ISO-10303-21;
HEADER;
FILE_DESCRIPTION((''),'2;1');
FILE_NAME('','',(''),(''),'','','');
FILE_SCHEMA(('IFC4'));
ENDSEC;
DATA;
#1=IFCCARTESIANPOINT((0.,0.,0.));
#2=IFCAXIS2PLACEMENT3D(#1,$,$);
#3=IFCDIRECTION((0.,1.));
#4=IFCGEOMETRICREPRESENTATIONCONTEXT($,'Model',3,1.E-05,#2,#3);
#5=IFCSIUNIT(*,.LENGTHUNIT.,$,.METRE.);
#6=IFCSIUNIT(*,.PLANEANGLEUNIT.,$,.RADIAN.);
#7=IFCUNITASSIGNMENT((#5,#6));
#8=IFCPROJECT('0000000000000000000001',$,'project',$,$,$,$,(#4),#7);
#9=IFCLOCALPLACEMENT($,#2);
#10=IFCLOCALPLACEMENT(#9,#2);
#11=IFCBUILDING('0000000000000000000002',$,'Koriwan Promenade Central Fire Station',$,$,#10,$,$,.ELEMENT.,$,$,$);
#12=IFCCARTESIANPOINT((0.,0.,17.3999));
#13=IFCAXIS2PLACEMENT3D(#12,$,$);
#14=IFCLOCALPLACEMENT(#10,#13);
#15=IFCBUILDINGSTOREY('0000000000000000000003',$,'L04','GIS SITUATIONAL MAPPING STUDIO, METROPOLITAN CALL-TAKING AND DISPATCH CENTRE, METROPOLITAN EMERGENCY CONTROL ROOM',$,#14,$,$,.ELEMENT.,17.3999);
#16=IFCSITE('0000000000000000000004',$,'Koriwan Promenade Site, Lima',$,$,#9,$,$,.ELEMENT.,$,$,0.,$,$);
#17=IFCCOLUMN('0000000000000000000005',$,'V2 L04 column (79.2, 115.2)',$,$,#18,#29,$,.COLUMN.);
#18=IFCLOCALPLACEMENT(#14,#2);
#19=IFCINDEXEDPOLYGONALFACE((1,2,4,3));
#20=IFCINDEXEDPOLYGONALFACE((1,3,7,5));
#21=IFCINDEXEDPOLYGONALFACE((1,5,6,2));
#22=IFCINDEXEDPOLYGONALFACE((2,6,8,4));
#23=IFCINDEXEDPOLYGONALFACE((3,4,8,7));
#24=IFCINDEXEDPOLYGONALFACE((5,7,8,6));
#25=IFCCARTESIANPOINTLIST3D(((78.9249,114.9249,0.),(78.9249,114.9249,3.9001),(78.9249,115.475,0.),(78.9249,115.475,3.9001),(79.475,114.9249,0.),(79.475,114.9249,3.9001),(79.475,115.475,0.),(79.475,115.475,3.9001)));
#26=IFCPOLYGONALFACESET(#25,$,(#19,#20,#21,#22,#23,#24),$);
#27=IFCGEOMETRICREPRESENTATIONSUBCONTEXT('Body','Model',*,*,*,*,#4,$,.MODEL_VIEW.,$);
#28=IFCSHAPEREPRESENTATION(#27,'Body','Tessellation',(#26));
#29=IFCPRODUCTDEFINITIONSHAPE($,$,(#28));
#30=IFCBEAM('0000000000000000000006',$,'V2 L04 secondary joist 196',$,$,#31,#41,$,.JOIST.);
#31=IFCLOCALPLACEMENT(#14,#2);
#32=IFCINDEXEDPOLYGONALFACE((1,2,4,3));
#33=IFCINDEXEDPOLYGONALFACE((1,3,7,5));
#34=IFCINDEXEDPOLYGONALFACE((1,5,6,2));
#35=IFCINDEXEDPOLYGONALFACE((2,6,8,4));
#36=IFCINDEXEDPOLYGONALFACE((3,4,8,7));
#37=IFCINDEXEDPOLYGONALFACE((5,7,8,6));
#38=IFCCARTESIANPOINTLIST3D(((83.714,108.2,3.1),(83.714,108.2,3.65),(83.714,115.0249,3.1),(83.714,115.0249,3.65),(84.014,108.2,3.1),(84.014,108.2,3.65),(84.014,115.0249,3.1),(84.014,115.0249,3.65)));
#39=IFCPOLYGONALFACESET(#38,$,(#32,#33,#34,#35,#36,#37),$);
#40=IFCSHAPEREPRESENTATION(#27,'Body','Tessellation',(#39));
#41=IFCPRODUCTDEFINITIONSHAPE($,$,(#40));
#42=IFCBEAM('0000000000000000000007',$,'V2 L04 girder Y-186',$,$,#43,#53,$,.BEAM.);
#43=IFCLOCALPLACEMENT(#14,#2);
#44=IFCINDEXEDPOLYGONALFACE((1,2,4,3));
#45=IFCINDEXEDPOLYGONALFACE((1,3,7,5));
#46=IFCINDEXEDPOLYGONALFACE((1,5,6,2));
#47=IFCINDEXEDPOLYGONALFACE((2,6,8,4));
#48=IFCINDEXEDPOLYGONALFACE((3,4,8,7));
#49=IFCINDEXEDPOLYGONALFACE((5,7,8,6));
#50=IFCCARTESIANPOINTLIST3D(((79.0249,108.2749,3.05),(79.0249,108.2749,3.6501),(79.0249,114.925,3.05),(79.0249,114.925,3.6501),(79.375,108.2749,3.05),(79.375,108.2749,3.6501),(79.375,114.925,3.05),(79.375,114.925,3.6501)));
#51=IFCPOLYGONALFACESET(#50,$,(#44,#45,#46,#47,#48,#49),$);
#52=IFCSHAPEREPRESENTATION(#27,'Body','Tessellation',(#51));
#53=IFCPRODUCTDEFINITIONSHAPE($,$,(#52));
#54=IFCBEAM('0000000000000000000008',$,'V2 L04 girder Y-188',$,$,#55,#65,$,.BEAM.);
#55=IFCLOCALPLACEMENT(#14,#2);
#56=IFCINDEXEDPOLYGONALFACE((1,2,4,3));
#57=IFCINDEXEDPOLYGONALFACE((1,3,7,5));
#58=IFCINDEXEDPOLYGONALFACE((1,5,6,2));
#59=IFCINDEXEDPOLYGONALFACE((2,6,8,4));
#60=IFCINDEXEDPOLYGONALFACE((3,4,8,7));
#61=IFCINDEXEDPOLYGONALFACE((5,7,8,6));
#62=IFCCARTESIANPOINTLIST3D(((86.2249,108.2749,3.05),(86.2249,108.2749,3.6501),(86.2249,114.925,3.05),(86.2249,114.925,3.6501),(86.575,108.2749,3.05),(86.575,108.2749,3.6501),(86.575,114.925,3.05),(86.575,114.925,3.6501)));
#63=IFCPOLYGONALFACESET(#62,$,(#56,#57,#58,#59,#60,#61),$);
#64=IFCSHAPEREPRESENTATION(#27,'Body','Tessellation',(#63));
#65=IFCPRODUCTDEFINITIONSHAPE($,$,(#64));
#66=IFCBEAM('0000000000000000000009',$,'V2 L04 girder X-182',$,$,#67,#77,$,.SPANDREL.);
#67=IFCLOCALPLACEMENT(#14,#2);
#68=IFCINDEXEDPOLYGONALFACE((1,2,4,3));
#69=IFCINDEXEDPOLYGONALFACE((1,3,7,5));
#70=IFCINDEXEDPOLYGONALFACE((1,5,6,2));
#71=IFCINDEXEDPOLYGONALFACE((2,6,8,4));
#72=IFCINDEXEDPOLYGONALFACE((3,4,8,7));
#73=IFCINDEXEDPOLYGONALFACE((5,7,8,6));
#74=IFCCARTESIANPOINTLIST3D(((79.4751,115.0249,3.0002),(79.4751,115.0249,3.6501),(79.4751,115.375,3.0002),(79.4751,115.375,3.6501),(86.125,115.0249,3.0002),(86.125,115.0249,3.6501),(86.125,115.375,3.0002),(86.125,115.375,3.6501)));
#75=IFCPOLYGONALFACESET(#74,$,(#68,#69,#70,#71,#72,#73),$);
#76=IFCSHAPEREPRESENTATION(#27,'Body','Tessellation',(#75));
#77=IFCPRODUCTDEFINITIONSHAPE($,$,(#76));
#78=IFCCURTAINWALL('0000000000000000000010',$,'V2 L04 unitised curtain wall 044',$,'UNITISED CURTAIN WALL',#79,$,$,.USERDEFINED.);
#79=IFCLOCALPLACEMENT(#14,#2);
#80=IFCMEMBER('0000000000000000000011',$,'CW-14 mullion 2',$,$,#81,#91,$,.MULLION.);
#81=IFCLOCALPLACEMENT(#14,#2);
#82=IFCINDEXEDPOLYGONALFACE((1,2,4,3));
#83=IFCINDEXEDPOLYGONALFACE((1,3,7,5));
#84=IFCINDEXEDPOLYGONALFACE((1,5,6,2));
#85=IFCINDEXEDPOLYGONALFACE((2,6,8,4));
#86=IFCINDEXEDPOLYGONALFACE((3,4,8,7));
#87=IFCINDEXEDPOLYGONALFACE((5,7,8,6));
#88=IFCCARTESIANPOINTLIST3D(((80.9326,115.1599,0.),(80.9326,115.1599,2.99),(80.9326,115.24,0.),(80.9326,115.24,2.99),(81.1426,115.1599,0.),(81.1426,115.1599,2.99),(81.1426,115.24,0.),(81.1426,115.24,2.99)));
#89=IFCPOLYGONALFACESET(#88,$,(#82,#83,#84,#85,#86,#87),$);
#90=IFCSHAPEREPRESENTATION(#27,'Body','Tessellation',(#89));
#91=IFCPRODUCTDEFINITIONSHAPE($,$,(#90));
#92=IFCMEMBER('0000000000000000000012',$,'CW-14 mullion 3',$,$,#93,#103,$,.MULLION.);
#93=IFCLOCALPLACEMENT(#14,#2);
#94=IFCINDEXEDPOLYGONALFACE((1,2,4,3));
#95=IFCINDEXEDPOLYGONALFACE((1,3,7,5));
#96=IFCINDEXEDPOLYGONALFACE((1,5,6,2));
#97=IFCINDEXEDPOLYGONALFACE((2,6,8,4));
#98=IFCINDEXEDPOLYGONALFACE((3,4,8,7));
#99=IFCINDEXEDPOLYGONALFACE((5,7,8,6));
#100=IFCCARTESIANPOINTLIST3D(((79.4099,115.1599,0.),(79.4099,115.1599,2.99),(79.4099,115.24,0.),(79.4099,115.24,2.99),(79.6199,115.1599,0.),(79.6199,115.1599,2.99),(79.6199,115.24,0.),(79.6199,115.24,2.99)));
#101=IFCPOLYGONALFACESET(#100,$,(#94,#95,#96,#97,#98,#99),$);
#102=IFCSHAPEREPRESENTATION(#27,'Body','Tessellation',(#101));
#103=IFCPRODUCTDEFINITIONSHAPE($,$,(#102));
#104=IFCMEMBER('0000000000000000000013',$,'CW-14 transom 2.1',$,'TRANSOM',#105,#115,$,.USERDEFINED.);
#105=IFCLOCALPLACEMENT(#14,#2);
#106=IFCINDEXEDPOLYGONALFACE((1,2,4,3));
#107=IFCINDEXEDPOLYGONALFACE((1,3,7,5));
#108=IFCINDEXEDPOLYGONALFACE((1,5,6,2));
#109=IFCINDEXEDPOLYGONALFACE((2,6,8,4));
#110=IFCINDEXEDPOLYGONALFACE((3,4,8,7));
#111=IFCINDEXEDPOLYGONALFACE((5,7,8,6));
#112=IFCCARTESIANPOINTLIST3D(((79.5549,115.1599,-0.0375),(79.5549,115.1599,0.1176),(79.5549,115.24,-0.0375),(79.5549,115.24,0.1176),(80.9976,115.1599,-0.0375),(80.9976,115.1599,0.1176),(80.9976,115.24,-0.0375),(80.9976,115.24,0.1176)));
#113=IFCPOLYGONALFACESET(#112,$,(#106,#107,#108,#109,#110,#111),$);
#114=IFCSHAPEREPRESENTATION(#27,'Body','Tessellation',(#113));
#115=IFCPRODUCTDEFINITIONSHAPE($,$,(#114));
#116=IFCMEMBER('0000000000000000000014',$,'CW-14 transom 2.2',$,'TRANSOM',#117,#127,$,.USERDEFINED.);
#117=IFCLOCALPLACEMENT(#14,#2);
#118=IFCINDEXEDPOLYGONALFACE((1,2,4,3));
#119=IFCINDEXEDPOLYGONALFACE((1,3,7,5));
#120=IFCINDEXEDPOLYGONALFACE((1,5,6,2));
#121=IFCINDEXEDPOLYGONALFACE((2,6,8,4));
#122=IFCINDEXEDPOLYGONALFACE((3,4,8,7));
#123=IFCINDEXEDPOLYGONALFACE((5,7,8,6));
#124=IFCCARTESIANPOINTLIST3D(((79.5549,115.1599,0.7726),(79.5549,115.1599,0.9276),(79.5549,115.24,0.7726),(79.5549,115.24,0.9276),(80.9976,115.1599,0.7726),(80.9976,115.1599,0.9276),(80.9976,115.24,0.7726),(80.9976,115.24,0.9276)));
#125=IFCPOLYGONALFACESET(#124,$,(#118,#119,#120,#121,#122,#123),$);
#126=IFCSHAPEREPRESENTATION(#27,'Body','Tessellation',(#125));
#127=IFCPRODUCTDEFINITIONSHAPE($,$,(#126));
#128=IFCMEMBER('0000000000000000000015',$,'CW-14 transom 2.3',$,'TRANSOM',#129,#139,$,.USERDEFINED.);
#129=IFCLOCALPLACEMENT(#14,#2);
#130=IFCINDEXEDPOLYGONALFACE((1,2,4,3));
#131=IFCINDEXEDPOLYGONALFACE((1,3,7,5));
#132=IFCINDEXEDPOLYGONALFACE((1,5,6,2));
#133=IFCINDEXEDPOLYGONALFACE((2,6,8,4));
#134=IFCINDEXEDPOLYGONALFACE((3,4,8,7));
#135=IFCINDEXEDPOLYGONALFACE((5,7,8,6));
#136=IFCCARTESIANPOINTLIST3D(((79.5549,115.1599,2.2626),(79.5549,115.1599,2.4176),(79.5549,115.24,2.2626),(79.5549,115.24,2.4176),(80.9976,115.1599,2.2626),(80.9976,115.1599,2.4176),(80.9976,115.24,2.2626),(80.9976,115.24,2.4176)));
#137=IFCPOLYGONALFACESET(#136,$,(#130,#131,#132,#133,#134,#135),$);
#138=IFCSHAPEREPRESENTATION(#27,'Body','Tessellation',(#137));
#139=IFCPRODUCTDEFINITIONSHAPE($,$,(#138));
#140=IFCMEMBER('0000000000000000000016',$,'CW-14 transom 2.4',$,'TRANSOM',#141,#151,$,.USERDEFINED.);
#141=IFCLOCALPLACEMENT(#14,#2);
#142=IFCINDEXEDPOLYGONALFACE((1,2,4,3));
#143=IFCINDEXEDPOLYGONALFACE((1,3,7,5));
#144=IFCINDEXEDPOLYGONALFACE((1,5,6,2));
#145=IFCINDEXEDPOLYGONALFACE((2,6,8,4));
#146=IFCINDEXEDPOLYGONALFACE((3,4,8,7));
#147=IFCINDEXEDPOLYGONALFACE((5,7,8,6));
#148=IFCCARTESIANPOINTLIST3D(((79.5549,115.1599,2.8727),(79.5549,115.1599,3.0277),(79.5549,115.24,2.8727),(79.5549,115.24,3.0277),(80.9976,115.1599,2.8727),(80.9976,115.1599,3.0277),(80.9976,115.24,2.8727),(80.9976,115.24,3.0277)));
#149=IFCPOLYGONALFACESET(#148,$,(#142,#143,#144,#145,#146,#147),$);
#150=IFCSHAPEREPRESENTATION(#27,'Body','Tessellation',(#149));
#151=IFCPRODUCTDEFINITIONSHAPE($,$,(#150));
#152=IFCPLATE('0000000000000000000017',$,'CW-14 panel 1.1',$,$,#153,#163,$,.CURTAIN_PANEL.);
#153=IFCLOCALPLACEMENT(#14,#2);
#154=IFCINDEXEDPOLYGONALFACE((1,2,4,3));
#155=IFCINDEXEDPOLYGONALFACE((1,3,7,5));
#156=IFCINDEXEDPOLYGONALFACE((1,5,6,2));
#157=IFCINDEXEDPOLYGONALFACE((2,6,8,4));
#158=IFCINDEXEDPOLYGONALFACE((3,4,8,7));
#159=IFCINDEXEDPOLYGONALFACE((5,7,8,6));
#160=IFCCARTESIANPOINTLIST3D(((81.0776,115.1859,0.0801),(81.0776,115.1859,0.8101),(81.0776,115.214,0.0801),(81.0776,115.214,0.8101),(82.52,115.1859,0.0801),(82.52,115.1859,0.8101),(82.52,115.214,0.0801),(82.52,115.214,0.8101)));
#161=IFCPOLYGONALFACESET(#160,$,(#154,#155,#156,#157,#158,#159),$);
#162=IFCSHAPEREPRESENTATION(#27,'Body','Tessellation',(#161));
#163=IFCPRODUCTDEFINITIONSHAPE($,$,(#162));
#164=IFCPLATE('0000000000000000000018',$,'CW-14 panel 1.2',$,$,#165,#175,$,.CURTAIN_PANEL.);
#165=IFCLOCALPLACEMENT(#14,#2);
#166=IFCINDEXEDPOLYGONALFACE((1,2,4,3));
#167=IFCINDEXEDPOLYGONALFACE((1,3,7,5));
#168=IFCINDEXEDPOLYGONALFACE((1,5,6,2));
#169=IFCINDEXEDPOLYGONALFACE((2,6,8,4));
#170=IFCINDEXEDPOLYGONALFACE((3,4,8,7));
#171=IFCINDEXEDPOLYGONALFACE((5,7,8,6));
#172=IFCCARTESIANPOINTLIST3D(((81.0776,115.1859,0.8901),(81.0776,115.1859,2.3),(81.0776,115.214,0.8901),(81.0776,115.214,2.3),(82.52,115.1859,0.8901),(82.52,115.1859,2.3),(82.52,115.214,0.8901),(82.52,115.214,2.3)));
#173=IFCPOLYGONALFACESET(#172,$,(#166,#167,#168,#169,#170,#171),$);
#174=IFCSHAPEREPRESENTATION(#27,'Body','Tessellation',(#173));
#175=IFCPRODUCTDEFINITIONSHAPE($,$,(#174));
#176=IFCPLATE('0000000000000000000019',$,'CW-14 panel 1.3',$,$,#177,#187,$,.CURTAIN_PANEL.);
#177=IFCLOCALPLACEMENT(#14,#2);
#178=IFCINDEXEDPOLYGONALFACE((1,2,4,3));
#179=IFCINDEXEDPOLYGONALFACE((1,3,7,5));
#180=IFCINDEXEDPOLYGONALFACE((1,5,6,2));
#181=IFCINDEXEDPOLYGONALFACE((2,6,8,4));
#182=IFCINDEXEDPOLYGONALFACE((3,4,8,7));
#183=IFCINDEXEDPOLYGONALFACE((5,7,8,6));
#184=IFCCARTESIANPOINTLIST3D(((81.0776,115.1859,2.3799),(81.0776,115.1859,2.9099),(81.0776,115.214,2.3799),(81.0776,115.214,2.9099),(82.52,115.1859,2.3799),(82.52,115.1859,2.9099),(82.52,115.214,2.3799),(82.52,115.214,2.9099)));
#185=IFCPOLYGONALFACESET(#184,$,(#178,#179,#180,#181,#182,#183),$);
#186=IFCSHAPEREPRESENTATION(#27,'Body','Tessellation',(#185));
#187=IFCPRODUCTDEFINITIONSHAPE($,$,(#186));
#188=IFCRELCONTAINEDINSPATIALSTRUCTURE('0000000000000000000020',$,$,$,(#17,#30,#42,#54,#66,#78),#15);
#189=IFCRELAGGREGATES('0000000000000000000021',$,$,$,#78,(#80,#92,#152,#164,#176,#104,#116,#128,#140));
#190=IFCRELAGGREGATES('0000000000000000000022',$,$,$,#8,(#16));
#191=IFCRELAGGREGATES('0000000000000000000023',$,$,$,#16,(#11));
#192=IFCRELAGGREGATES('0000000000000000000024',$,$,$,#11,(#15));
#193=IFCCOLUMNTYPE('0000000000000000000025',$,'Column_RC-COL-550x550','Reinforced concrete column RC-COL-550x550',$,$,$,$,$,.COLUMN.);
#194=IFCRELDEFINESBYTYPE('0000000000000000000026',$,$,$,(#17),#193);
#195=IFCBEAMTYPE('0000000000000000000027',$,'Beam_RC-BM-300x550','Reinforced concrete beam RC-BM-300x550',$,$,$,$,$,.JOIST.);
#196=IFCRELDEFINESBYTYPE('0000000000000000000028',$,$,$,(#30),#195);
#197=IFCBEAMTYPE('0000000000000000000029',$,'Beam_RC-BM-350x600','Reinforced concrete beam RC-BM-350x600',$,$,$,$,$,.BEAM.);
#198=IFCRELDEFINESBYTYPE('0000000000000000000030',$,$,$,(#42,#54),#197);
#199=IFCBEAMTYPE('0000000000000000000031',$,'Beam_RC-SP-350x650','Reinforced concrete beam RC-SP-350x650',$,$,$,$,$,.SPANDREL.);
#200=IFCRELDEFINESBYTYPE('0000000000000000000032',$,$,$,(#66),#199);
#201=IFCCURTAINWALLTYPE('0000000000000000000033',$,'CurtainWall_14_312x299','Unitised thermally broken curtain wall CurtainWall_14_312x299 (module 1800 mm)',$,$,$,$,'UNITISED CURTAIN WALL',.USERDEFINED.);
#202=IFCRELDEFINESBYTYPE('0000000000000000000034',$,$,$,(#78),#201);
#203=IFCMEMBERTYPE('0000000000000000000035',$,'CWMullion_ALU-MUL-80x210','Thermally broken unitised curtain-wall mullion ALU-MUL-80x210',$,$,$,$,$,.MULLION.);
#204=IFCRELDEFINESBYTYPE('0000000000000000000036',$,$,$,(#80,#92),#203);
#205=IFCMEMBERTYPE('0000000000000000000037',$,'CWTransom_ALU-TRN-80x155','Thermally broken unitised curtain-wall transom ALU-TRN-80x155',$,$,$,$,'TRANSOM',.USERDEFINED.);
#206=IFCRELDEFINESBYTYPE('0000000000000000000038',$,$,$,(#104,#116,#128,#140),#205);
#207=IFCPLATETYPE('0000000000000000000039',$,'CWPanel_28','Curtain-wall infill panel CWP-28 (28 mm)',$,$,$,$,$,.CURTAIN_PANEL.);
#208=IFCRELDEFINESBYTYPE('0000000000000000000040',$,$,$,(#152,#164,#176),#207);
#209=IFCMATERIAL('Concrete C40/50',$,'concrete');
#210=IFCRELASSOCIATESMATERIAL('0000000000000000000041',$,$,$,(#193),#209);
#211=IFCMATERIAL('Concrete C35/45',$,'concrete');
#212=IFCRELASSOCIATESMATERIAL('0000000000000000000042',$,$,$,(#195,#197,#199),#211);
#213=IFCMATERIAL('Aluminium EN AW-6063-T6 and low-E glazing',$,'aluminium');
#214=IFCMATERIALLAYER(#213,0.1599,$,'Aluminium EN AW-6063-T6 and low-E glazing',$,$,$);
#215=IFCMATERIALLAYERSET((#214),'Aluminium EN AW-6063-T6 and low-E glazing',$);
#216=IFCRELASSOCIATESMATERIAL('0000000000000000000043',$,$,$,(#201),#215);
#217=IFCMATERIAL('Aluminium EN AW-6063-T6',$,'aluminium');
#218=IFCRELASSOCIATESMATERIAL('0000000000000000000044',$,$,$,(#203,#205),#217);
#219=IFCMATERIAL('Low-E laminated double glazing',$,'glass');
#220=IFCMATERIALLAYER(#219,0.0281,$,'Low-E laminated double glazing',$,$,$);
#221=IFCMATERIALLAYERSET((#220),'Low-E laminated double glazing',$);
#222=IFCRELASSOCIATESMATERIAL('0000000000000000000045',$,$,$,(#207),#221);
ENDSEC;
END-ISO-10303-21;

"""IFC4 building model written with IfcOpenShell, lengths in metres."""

from ifc_helpers import new_model, si_unit, direction, frame, origin, origin_2d, place, context, subcontext, project, spatial, rectangle, extrude, material, layer, layer_set, material_profile, profile_set, type_object, element, aggregate, save


model = new_model("IFC4")

# Units and contexts
model_context = context("Model", 3, precision=1e-05, world=origin(), true_north=direction((0.0, 1.0)))
body_context = subcontext(model_context, "Body", "Model", "MODEL_VIEW")
ifc_project = project(units=[si_unit("LENGTHUNIT", "METRE"), si_unit("PLANEANGLEUNIT", "RADIAN")], contexts=[model_context])

# Site, building, storey
site_placement = place(None, origin())
site = spatial("IfcSite", under=ifc_project, at=site_placement, Name="Koriwan Promenade Site, Lima", CompositionType="ELEMENT", RefElevation=0.0)
building_placement = place(site_placement, origin())
building = spatial("IfcBuilding", under=site, at=building_placement, Name="Koriwan Promenade Central Fire Station", CompositionType="ELEMENT")
storey_placement = place(building_placement, frame((0.0, 0.0, 17.3999)))
storey = spatial("IfcBuildingStorey", under=building, at=storey_placement, Name="L04", Description="GIS SITUATIONAL MAPPING STUDIO, METROPOLITAN CALL-TAKING AND DISPATCH CENTRE, METROPOLITAN EMERGENCY CONTROL ROOM", CompositionType="ELEMENT", Elevation=17.3999)

# Column
ifc_material_1 = material(Name="Concrete C40/50", Category="concrete")
ifc_material_profile_1 = material_profile(ifc_material_1, rectangle(XDim=0.55, YDim=0.55, at=origin_2d()), Name="RC-COL-550x550")
ifc_profile_set_1 = profile_set([ifc_material_profile_1], Name="Concrete C40/50")
column_type = type_object("IfcColumnType", Name="Column_RC-COL-550x550", Description="Reinforced concrete column RC-COL-550x550", PredefinedType="COLUMN", material=ifc_profile_set_1)
column_placement = place(storey_placement, frame((79.2, 115.2, 0.0), z_axis=(0.0, 0.0, 1.0), x_axis=(1.0, 0.0, 0.0)))
element("IfcColumn", 1, at=column_placement, inside=storey, type_object=column_type, Name="V2 L04 column (79.2, 115.2)", PredefinedType="COLUMN", context=body_context, shape_type="SweptSolid", body=[
    extrude(rectangle(XDim=0.55, YDim=0.55, at=origin_2d()), origin(), (0.0, 0.0, 1.0), 3.9001),
])

# Beams
ifc_material_2 = material(Name="Concrete C35/45", Category="concrete")
ifc_material_profile_2 = material_profile(ifc_material_2, rectangle(XDim=0.3, YDim=0.55, at=origin_2d()), Name="RC-BM-300x550")
ifc_profile_set_2 = profile_set([ifc_material_profile_2], Name="Concrete C35/45")
beam_type_1 = type_object("IfcBeamType", Name="Beam_RC-BM-300x550", Description="Reinforced concrete beam RC-BM-300x550", PredefinedType="JOIST", material=ifc_profile_set_2)
beam_1_placement = place(storey_placement, frame((83.864, 108.2, 3.375), z_axis=(0.0, 1.0, 0.0), x_axis=(-1.0, 0.0, 0.0)))
element("IfcBeam", 2, at=beam_1_placement, inside=storey, type_object=beam_type_1, Name="V2 L04 secondary joist 196", PredefinedType="JOIST", context=body_context, shape_type="SweptSolid", body=[
    extrude(rectangle(XDim=0.3, YDim=0.55, at=origin_2d()), origin(), (0.0, 0.0, 1.0), 6.825),
])
ifc_material_profile_3 = material_profile(ifc_material_2, rectangle(XDim=0.3501, YDim=0.6001, at=origin_2d()), Name="RC-BM-350x600")
ifc_profile_set_3 = profile_set([ifc_material_profile_3], Name="Concrete C35/45")
beam_type_2 = type_object("IfcBeamType", Name="Beam_RC-BM-350x600", Description="Reinforced concrete beam RC-BM-350x600", PredefinedType="BEAM", material=ifc_profile_set_3)
for number, where, z_axis, x_axis, name in (
    (3, (79.2, 108.2749, 3.3501), (0.0, 1.0, 0.0), (-1.0, 0.0, 0.0), "V2 L04 girder Y-186"),
    (4, (86.3999, 108.2749, 3.3501), (0.0, 1.0, 0.0), (-1.0, 0.0, 0.0), "V2 L04 girder Y-188"),
):
    element("IfcBeam", number, at=place(storey_placement, frame(where, z_axis=z_axis, x_axis=x_axis)), inside=storey, type_object=beam_type_2, Name=name, PredefinedType="BEAM", context=body_context, shape_type="SweptSolid", body=[
        extrude(rectangle(XDim=0.3501, YDim=0.6001, at=origin_2d()), origin(), (0.0, 0.0, 1.0), 6.6501),
    ])
ifc_material_profile_4 = material_profile(ifc_material_2, rectangle(XDim=0.3501, YDim=0.6499, at=origin_2d()), Name="RC-SP-350x650")
ifc_profile_set_4 = profile_set([ifc_material_profile_4], Name="Concrete C35/45")
beam_type_3 = type_object("IfcBeamType", Name="Beam_RC-SP-350x650", Description="Reinforced concrete beam RC-SP-350x650", PredefinedType="SPANDREL", material=ifc_profile_set_4)
beam_2_placement = place(storey_placement, frame((79.4751, 115.2, 3.3252), z_axis=(1.0, 0.0, 0.0), x_axis=(0.0, 1.0, 0.0)))
element("IfcBeam", 5, at=beam_2_placement, inside=storey, type_object=beam_type_3, Name="V2 L04 girder X-182", PredefinedType="SPANDREL", context=body_context, shape_type="SweptSolid", body=[
    extrude(rectangle(XDim=0.3501, YDim=0.6499, at=origin_2d()), origin(), (0.0, 0.0, 1.0), 6.6499),
])

# Curtain wall, members, plates
ifc_material_3 = material(Name="Aluminium EN AW-6063-T6 and low-E glazing", Category="aluminium")
ifc_layer_1 = layer(ifc_material_3, 0.1599, Name="Aluminium EN AW-6063-T6 and low-E glazing")
ifc_layer_set_1 = layer_set([ifc_layer_1], Name="Aluminium EN AW-6063-T6 and low-E glazing")
curtain_wall_type = type_object("IfcCurtainWallType", Name="CurtainWall_14_312x299", Description="Unitised thermally broken curtain wall CurtainWall_14_312x299 (module 1800 mm)", ElementType="UNITISED CURTAIN WALL", PredefinedType="USERDEFINED", material=ifc_layer_set_1)
curtain_wall_placement = place(storey_placement, origin())
curtain_wall = element("IfcCurtainWall", 6, at=curtain_wall_placement, inside=storey, type_object=curtain_wall_type, Name="V2 L04 unitised curtain wall 044", ObjectType="UNITISED CURTAIN WALL", PredefinedType="USERDEFINED")
ifc_material_4 = material(Name="Aluminium EN AW-6063-T6", Category="aluminium")
ifc_material_profile_5 = material_profile(ifc_material_4, rectangle(XDim=0.0801, YDim=0.21, at=origin_2d()), Name="ALU-MUL-80x210")
ifc_profile_set_5 = profile_set([ifc_material_profile_5], Name="Aluminium EN AW-6063-T6")
member_type_1 = type_object("IfcMemberType", Name="CWMullion_ALU-MUL-80x210", Description="Thermally broken unitised curtain-wall mullion ALU-MUL-80x210", PredefinedType="MULLION", material=ifc_profile_set_5)
member_1_placement = place(storey_placement, frame((81.0376, 115.2, 0.0), z_axis=(0.0, 0.0, 1.0), x_axis=(0.0, -1.0, 0.0)))
member_1 = element("IfcMember", 7, at=member_1_placement, type_object=member_type_1, Name="CW-14 mullion 2", PredefinedType="MULLION", context=body_context, shape_type="SweptSolid", body=[
    extrude(rectangle(XDim=0.0801, YDim=0.21, at=origin_2d()), origin(), (0.0, 0.0, 1.0), 2.99),
])
member_2_placement = place(storey_placement, frame((79.5149, 115.2, 0.0), z_axis=(0.0, 0.0, 1.0), x_axis=(0.0, -1.0, 0.0)))
member_2 = element("IfcMember", 8, at=member_2_placement, type_object=member_type_1, Name="CW-14 mullion 3", PredefinedType="MULLION", context=body_context, shape_type="SweptSolid", body=[
    extrude(rectangle(XDim=0.0801, YDim=0.21, at=origin_2d()), origin(), (0.0, 0.0, 1.0), 2.99),
])
ifc_material_profile_6 = material_profile(ifc_material_4, rectangle(XDim=0.0801, YDim=0.155, at=origin_2d()), Name="ALU-TRN-80x155")
ifc_profile_set_6 = profile_set([ifc_material_profile_6], Name="Aluminium EN AW-6063-T6")
member_type_2 = type_object("IfcMemberType", Name="CWTransom_ALU-TRN-80x155", Description="Thermally broken unitised curtain-wall transom ALU-TRN-80x155", ElementType="TRANSOM", PredefinedType="USERDEFINED", material=ifc_profile_set_6)
member_3_placement = place(storey_placement, frame((80.9976, 115.2, 0.04), z_axis=(-1.0, 0.0, 0.0), x_axis=(0.0, -1.0, 0.0)))
member_3 = element("IfcMember", 9, at=member_3_placement, type_object=member_type_2, Name="CW-14 transom 2.1", ObjectType="TRANSOM", PredefinedType="USERDEFINED", context=body_context, shape_type="SweptSolid", body=[
    extrude(rectangle(XDim=0.0801, YDim=0.155, at=origin_2d()), origin(), (0.0, 0.0, 1.0), 1.4426),
])
member_4_placement = place(storey_placement, frame((80.9976, 115.2, 0.8501), z_axis=(-1.0, 0.0, 0.0), x_axis=(0.0, -1.0, 0.0)))
member_4 = element("IfcMember", 10, at=member_4_placement, type_object=member_type_2, Name="CW-14 transom 2.2", ObjectType="TRANSOM", PredefinedType="USERDEFINED", context=body_context, shape_type="SweptSolid", body=[
    extrude(rectangle(XDim=0.0801, YDim=0.155, at=origin_2d()), origin(), (0.0, 0.0, 1.0), 1.4426),
])
member_5_placement = place(storey_placement, frame((80.9976, 115.2, 2.3401), z_axis=(-1.0, 0.0, 0.0), x_axis=(0.0, -1.0, 0.0)))
member_5 = element("IfcMember", 11, at=member_5_placement, type_object=member_type_2, Name="CW-14 transom 2.3", ObjectType="TRANSOM", PredefinedType="USERDEFINED", context=body_context, shape_type="SweptSolid", body=[
    extrude(rectangle(XDim=0.0801, YDim=0.155, at=origin_2d()), origin(), (0.0, 0.0, 1.0), 1.4426),
])
member_6_placement = place(storey_placement, frame((80.9976, 115.2, 2.9502), z_axis=(-1.0, 0.0, 0.0), x_axis=(0.0, -1.0, 0.0)))
member_6 = element("IfcMember", 12, at=member_6_placement, type_object=member_type_2, Name="CW-14 transom 2.4", ObjectType="TRANSOM", PredefinedType="USERDEFINED", context=body_context, shape_type="SweptSolid", body=[
    extrude(rectangle(XDim=0.0801, YDim=0.155, at=origin_2d()), origin(), (0.0, 0.0, 1.0), 1.4426),
])
ifc_material_5 = material(Name="Low-E laminated double glazing", Category="glass")
ifc_layer_2 = layer(ifc_material_5, 0.0281, Name="Low-E laminated double glazing")
ifc_layer_set_2 = layer_set([ifc_layer_2], Name="Low-E laminated double glazing")
plate_type = type_object("IfcPlateType", Name="CWPanel_28", Description="Curtain-wall infill panel CWP-28 (28 mm)", PredefinedType="CURTAIN_PANEL", material=ifc_layer_set_2)
plate_1_placement = place(storey_placement, frame((81.7988, 115.2, 0.0801), z_axis=(0.0, 0.0, 1.0), x_axis=(-1.0, 0.0, 0.0)))
plate_1 = element("IfcPlate", 13, at=plate_1_placement, type_object=plate_type, Name="CW-14 panel 1.1", PredefinedType="CURTAIN_PANEL", context=body_context, shape_type="SweptSolid", body=[
    extrude(rectangle(XDim=1.4424, YDim=0.0281, at=origin_2d()), origin(), (0.0, 0.0, 1.0), 0.73),
])
plate_2_placement = place(storey_placement, frame((81.7988, 115.2, 0.8901), z_axis=(0.0, 0.0, 1.0), x_axis=(-1.0, 0.0, 0.0)))
plate_2 = element("IfcPlate", 14, at=plate_2_placement, type_object=plate_type, Name="CW-14 panel 1.2", PredefinedType="CURTAIN_PANEL", context=body_context, shape_type="SweptSolid", body=[
    extrude(rectangle(XDim=1.4424, YDim=0.0281, at=origin_2d()), origin(), (0.0, 0.0, 1.0), 1.4099),
])
plate_3_placement = place(storey_placement, frame((81.7988, 115.2, 2.3799), z_axis=(0.0, 0.0, 1.0), x_axis=(-1.0, 0.0, 0.0)))
plate_3 = element("IfcPlate", 15, at=plate_3_placement, type_object=plate_type, Name="CW-14 panel 1.3", PredefinedType="CURTAIN_PANEL", context=body_context, shape_type="SweptSolid", body=[
    extrude(rectangle(XDim=1.4424, YDim=0.0281, at=origin_2d()), origin(), (0.0, 0.0, 1.0), 0.53),
])
aggregate(curtain_wall, [member_1, member_2, plate_1, plate_2, plate_3, member_3, member_4, member_5, member_6])

save(model, "model.ifc")
